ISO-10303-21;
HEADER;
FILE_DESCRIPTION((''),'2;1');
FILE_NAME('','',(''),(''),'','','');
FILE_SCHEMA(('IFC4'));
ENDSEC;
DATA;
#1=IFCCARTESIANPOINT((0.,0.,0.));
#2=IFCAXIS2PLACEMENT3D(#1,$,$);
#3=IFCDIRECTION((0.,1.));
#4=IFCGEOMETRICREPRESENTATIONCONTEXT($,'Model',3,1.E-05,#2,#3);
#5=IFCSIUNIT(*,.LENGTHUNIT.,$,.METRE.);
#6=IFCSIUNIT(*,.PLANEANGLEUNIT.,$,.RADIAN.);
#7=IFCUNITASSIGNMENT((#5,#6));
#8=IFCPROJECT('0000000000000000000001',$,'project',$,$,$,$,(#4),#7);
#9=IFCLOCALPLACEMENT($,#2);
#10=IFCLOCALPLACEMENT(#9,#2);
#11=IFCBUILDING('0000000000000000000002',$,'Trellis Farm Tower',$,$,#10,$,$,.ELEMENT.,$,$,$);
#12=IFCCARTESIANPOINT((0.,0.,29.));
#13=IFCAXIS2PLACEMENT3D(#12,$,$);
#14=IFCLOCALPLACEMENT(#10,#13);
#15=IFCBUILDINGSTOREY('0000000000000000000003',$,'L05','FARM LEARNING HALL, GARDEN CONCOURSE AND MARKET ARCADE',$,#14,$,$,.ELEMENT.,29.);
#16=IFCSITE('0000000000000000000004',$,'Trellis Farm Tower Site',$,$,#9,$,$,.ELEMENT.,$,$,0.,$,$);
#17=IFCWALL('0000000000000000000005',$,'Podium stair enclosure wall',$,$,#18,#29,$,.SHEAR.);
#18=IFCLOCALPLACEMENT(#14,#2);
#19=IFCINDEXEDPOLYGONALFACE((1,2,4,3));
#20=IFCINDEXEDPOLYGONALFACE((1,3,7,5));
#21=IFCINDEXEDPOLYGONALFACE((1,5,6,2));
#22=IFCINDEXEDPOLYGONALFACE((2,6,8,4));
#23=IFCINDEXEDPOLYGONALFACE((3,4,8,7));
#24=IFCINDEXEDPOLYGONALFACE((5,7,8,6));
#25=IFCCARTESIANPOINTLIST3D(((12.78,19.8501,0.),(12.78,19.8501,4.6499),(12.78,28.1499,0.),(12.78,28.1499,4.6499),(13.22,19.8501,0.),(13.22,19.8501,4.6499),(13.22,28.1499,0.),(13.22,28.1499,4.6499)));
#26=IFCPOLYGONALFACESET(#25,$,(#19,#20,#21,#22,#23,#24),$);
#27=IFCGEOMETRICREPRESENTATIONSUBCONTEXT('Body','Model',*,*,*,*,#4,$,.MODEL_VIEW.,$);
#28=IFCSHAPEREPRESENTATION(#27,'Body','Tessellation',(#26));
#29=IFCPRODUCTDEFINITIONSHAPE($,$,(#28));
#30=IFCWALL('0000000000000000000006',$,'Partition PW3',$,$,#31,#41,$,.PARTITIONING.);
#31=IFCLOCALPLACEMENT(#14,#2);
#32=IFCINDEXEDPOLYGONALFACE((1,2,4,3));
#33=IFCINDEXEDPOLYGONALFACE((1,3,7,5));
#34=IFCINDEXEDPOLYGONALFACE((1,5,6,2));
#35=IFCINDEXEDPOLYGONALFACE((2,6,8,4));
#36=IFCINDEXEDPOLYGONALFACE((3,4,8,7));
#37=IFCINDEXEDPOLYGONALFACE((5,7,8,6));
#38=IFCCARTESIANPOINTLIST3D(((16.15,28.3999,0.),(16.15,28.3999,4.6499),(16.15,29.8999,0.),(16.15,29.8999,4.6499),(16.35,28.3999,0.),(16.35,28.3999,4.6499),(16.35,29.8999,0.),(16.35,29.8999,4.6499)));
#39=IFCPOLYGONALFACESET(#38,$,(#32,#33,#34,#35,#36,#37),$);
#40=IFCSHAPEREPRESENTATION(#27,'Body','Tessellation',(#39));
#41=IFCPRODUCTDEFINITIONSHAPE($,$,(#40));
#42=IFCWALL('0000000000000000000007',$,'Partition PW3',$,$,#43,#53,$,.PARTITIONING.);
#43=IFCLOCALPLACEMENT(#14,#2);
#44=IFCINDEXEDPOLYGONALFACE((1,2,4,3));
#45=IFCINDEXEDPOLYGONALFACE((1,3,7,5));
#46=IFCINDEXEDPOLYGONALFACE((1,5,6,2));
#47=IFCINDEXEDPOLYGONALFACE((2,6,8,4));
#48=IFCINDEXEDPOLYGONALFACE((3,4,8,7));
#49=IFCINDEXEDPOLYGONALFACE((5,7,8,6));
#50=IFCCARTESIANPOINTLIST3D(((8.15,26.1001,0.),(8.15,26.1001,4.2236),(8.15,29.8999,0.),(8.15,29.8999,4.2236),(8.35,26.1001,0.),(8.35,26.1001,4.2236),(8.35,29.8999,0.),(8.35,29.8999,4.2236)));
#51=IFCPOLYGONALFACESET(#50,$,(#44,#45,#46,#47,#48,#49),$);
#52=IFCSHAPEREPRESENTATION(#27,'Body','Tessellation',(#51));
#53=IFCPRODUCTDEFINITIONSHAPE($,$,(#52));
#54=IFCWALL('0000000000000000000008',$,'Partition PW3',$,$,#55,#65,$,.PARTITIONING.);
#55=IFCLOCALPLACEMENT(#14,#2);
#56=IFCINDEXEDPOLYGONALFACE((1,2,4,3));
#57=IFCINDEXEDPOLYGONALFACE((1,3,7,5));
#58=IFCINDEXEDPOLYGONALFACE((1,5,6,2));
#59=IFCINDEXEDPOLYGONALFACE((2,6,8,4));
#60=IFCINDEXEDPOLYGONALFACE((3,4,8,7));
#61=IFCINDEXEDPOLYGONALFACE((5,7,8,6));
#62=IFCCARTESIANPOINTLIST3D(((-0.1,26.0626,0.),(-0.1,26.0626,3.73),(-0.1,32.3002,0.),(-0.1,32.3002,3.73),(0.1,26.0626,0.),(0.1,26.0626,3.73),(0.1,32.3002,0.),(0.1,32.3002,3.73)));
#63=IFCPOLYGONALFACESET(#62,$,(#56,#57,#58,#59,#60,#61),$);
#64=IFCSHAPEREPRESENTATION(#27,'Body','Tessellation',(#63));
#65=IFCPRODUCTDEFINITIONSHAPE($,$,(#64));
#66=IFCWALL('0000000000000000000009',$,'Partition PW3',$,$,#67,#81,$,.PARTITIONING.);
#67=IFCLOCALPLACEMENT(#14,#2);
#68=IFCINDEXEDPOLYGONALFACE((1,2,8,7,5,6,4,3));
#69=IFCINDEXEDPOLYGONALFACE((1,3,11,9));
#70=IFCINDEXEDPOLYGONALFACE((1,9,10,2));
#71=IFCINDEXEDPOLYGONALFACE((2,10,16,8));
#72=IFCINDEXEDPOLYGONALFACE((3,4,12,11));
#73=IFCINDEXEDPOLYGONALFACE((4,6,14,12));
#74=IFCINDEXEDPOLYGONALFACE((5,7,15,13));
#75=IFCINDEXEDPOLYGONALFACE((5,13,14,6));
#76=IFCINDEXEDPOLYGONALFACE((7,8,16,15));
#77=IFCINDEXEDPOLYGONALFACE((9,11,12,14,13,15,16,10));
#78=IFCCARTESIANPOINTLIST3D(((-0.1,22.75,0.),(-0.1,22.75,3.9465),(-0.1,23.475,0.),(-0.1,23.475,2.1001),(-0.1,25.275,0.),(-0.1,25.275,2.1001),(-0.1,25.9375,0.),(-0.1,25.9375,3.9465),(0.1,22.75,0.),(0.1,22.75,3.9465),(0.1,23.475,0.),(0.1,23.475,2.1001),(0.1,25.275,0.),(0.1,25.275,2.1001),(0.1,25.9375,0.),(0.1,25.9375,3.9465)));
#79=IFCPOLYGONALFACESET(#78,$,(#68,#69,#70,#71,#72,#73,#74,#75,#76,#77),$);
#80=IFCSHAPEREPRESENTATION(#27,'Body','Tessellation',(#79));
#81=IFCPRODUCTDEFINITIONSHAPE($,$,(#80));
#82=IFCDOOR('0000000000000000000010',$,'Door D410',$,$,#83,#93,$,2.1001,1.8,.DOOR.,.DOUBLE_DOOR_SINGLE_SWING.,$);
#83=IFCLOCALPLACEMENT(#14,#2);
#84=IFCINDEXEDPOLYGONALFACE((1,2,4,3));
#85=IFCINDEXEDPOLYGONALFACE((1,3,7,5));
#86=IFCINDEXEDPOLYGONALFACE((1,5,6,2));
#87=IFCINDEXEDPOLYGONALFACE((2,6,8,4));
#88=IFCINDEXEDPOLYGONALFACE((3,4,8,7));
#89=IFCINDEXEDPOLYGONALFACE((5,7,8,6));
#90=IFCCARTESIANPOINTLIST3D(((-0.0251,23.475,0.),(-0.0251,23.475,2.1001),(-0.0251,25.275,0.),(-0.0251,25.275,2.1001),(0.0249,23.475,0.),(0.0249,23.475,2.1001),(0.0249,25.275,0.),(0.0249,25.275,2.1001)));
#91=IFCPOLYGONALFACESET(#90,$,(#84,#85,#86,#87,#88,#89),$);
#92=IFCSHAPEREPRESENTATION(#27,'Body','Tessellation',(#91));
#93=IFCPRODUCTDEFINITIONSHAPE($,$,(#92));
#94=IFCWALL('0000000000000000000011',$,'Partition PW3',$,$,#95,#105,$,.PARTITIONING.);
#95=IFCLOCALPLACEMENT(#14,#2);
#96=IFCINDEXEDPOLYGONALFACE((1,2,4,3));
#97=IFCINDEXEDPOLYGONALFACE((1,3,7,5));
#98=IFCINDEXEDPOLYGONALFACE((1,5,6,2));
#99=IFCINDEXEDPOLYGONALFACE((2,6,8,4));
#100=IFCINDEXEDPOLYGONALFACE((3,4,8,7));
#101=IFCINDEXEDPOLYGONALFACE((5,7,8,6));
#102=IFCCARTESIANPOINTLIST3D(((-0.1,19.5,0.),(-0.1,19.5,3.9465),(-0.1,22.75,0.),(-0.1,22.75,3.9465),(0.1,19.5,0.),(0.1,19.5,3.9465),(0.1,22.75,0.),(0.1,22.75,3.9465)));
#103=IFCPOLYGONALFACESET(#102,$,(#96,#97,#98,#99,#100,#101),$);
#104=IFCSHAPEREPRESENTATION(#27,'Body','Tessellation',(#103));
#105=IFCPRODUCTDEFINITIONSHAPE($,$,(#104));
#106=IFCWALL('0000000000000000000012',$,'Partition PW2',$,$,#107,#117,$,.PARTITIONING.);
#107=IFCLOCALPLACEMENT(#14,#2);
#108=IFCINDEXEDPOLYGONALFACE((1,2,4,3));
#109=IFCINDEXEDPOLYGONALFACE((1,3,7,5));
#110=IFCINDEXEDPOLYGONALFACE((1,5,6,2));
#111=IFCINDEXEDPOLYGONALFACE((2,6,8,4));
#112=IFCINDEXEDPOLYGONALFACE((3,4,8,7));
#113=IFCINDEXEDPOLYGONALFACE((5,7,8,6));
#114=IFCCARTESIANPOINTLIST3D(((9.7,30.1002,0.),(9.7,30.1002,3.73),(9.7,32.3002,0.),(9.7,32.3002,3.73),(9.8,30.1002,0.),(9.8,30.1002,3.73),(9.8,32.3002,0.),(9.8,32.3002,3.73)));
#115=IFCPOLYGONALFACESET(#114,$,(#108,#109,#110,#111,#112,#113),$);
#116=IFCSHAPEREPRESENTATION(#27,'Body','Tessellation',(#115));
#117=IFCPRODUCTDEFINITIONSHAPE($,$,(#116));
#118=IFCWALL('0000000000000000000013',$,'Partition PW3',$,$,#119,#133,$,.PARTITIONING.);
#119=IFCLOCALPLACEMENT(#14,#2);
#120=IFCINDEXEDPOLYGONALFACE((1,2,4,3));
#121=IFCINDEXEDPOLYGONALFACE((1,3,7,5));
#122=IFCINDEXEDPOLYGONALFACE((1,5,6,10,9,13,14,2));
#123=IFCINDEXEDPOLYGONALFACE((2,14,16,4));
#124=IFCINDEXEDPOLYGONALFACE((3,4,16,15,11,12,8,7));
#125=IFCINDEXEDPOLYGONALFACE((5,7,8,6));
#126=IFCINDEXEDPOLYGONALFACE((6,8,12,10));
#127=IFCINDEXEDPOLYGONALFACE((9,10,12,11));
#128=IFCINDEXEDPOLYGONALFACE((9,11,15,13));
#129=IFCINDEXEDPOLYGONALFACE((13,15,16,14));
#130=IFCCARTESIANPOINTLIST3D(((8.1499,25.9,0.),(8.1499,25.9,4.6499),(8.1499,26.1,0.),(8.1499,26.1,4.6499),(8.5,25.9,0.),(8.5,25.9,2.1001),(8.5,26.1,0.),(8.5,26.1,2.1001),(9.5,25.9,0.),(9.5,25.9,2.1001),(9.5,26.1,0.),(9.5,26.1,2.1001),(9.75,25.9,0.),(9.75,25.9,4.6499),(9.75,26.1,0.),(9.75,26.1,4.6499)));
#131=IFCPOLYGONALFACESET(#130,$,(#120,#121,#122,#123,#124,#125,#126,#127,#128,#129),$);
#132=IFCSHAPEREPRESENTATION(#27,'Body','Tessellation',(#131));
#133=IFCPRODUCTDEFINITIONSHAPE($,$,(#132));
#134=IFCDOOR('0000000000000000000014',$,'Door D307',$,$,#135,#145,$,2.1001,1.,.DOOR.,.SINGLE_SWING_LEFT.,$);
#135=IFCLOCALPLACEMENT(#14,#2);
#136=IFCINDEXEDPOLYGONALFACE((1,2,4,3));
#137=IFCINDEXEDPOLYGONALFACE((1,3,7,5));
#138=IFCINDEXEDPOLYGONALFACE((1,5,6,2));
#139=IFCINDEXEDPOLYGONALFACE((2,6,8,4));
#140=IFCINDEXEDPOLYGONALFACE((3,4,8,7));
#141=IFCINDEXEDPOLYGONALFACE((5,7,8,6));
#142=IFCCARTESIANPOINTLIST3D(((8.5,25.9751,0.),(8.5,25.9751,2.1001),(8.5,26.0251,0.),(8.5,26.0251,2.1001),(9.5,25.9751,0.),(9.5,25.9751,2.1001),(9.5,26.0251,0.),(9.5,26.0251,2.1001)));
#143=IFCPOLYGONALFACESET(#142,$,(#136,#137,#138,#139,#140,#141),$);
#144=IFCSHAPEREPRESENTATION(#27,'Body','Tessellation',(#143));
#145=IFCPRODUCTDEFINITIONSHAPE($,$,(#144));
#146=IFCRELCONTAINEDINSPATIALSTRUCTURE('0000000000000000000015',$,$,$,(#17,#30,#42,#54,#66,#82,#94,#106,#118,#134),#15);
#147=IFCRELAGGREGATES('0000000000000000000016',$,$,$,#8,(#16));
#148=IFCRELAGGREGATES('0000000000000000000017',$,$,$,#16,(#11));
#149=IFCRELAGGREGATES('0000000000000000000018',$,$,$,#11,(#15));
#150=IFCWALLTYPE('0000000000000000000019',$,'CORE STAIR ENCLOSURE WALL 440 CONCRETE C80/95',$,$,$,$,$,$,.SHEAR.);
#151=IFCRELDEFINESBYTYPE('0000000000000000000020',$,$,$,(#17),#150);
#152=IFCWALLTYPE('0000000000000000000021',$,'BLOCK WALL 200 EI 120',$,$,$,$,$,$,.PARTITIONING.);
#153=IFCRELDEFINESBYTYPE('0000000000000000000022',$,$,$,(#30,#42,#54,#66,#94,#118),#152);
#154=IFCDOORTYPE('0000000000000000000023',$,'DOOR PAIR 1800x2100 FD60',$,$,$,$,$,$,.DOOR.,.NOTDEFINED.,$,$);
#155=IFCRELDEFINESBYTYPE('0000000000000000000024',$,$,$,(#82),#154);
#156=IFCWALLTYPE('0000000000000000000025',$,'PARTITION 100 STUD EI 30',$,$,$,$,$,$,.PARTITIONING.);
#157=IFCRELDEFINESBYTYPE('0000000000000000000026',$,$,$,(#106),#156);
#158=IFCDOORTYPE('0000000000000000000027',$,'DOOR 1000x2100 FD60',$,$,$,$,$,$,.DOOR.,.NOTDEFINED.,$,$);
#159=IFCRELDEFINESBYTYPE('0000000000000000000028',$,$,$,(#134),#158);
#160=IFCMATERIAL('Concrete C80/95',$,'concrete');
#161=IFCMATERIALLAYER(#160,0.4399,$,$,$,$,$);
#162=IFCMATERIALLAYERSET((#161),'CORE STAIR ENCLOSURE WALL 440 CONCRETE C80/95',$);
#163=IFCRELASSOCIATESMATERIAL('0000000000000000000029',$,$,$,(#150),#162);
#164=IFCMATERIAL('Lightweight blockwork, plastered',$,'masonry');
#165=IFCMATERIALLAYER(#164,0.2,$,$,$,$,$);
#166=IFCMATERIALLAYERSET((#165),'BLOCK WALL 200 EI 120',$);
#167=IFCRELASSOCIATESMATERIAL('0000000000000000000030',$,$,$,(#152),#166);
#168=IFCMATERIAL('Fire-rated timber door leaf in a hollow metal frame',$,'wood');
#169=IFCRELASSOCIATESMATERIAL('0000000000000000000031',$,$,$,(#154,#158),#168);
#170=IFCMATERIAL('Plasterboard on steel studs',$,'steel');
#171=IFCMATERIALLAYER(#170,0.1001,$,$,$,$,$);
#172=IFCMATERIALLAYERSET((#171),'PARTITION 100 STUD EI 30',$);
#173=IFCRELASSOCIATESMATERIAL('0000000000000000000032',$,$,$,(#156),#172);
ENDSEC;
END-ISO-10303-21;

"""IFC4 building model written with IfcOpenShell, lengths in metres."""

from ifc_helpers import new_model, si_unit, direction, frame, frame_2d, origin, place, context, subcontext, project, spatial, rectangle, extrude, source, transform, mapped, material, layer, layer_set, type_object, element, fill, save


model = new_model("IFC4")

# Units and contexts
model_context = context("Model", 3, precision=1e-05, world=origin(), true_north=direction((0.0, 1.0)))
body_context = subcontext(model_context, "Body", "Model", "MODEL_VIEW")
ifc_project = project(units=[si_unit("LENGTHUNIT", "METRE"), si_unit("PLANEANGLEUNIT", "RADIAN")], contexts=[model_context])

# Site, building, storey
site_placement = place(None, origin())
site = spatial("IfcSite", under=ifc_project, at=site_placement, Name="Trellis Farm Tower Site", CompositionType="ELEMENT", RefElevation=0.0)
building_placement = place(site_placement, origin())
building = spatial("IfcBuilding", under=site, at=building_placement, Name="Trellis Farm Tower", CompositionType="ELEMENT")
storey_placement = place(building_placement, frame((0.0, 0.0, 29.0)))
storey = spatial("IfcBuildingStorey", under=building, at=storey_placement, Name="L05", Description="FARM LEARNING HALL, GARDEN CONCOURSE AND MARKET ARCADE", CompositionType="ELEMENT", Elevation=29.0)

# Shared definitions
ifc_material_1 = material(Name="Concrete C80/95", Category="concrete")

# Shared definitions
shared_shape_1 = source(origin(), body_context, "Body", "SweptSolid", [
    extrude(rectangle(XDim=1.8, YDim=2.1001, at=frame_2d((0.8999, 1.05))), frame((0.0, 0.0249, 0.0), z_axis=(0.0, -1.0, 0.0), x_axis=(1.0, 0.0, 0.0)), (0.0, 0.0, 1.0), 0.05),
])

# Walls
ifc_layer_1 = layer(ifc_material_1, 0.4399)
ifc_layer_set_1 = layer_set([ifc_layer_1], Name="CORE STAIR ENCLOSURE WALL 440 CONCRETE C80/95")
wall_type_1 = type_object("IfcWallType", Name="CORE STAIR ENCLOSURE WALL 440 CONCRETE C80/95", PredefinedType="SHEAR", material=ifc_layer_set_1)
shared_shape_2 = source(origin(), body_context, "Body", "SweptSolid", [
    extrude(rectangle(XDim=8.2998, YDim=0.4399, at=frame_2d((4.1499, 0.0))), origin(), (0.0, 0.0, 1.0), 4.6499),
])
wall_1_placement = place(storey_placement, frame((13.0, 19.8501, 0.0), z_axis=(0.0, 0.0, 1.0), x_axis=(0.0, 1.0, 0.0)))
element("IfcWall", 1, at=wall_1_placement, inside=storey, type_object=wall_type_1, Name="Podium stair enclosure wall", PredefinedType="SHEAR", context=body_context, shape_type="MappedRepresentation", body=[
    mapped(shared_shape_2, transform((0.0, 0.0, 0.0))),
])
ifc_material_2 = material(Name="Lightweight blockwork, plastered", Category="masonry")
ifc_layer_2 = layer(ifc_material_2, 0.2)
ifc_layer_set_2 = layer_set([ifc_layer_2], Name="BLOCK WALL 200 EI 120")
wall_type_2 = type_object("IfcWallType", Name="BLOCK WALL 200 EI 120", PredefinedType="PARTITIONING", material=ifc_layer_set_2)
shared_shape_3 = source(origin(), body_context, "Body", "SweptSolid", [
    extrude(rectangle(XDim=1.5, YDim=0.2, at=frame_2d((0.75, 0.0))), origin(), (0.0, 0.0, 1.0), 4.6499),
])
wall_2_placement = place(storey_placement, frame((16.25, 29.8999, 0.0), z_axis=(0.0, 0.0, 1.0), x_axis=(0.0, -1.0, 0.0)))
element("IfcWall", 2, at=wall_2_placement, inside=storey, type_object=wall_type_2, Name="Partition PW3", PredefinedType="PARTITIONING", context=body_context, shape_type="MappedRepresentation", body=[
    mapped(shared_shape_3, transform((0.0, 0.0, 0.0))),
])
shared_shape_4 = source(origin(), body_context, "Body", "SweptSolid", [
    extrude(rectangle(XDim=3.7998, YDim=0.2, at=frame_2d((1.8999, 0.0))), origin(), (0.0, 0.0, 1.0), 4.2236),
])
wall_3_placement = place(storey_placement, frame((8.25, 26.1001, 0.0), z_axis=(0.0, 0.0, 1.0), x_axis=(0.0, 1.0, 0.0)))
element("IfcWall", 3, at=wall_3_placement, inside=storey, type_object=wall_type_2, Name="Partition PW3", PredefinedType="PARTITIONING", context=body_context, shape_type="MappedRepresentation", body=[
    mapped(shared_shape_4, transform((0.0, 0.0, 0.0))),
])
shared_shape_5 = source(origin(), body_context, "Body", "SweptSolid", [
    extrude(rectangle(XDim=6.2375, YDim=0.2, at=frame_2d((3.1187, 0.0))), origin(), (0.0, 0.0, 1.0), 3.73),
])
wall_4_placement = place(storey_placement, frame((0.0, 32.3, 0.0), z_axis=(0.0, 0.0, 1.0), x_axis=(0.0, -1.0, 0.0)))
element("IfcWall", 4, at=wall_4_placement, inside=storey, type_object=wall_type_2, Name="Partition PW3", PredefinedType="PARTITIONING", context=body_context, shape_type="MappedRepresentation", body=[
    mapped(shared_shape_5, transform((0.0, 0.0, 0.0))),
])

# Wall, opening, door
shared_shape_6 = source(origin(), body_context, "Body", "SweptSolid", [
    extrude(rectangle(XDim=3.1875, YDim=0.2, at=frame_2d((1.5938, 0.0))), origin(), (0.0, 0.0, 1.0), 3.9465),
])
wall_5_placement = place(storey_placement, frame((0.0, 25.9375, 0.0), z_axis=(0.0, 0.0, 1.0), x_axis=(0.0, -1.0, 0.0)))
wall_5 = element("IfcWall", 5, at=wall_5_placement, inside=storey, type_object=wall_type_2, Name="Partition PW3", PredefinedType="PARTITIONING", context=body_context, shape_type="MappedRepresentation", body=[
    mapped(shared_shape_6, transform((0.0, 0.0, 0.0))),
])
shared_shape_7 = source(origin(), body_context, "Body", "SweptSolid", [
    extrude(rectangle(XDim=1.8, YDim=2.1001, at=frame_2d((0.8999, 1.05))), frame((0.0, 0.1101, 0.0), z_axis=(0.0, -1.0, 0.0), x_axis=(1.0, 0.0, 0.0)), (0.0, 0.0, 1.0), 0.2202),
])
opening_1_placement = place(wall_5_placement, frame((0.6626, 0.0, 0.0)))
opening_1 = element("IfcOpeningElement", 6, at=opening_1_placement, cuts=wall_5, PredefinedType="OPENING", context=body_context, shape_type="MappedRepresentation", body=[
    mapped(shared_shape_7, transform((0.0, 0.0, 0.0))),
])
ifc_material_3 = material(Name="Fire-rated timber door leaf in a hollow metal frame", Category="wood")
door_type_1 = type_object("IfcDoorType", Name="DOOR PAIR 1800x2100 FD60", OperationType="NOTDEFINED", PredefinedType="DOOR", material=ifc_material_3)
door_1_placement = place(opening_1_placement, origin())
door_1 = element("IfcDoor", 7, at=door_1_placement, inside=storey, type_object=door_type_1, Name="Door D410", OperationType="DOUBLE_DOOR_SINGLE_SWING", OverallHeight=2.1001, OverallWidth=1.8, PredefinedType="DOOR", context=body_context, shape_type="MappedRepresentation", body=[
    mapped(shared_shape_1, transform((0.0, 0.0, 0.0))),
])
fill(opening_1, door_1)

# Walls
shared_shape_8 = source(origin(), body_context, "Body", "SweptSolid", [
    extrude(rectangle(XDim=3.25, YDim=0.2, at=frame_2d((1.625, 0.0))), origin(), (0.0, 0.0, 1.0), 3.9465),
])
wall_6_placement = place(storey_placement, frame((0.0, 19.5, 0.0), z_axis=(0.0, 0.0, 1.0), x_axis=(0.0, 1.0, 0.0)))
element("IfcWall", 8, at=wall_6_placement, inside=storey, type_object=wall_type_2, Name="Partition PW3", PredefinedType="PARTITIONING", context=body_context, shape_type="MappedRepresentation", body=[
    mapped(shared_shape_8, transform((0.0, 0.0, 0.0))),
])
ifc_material_4 = material(Name="Plasterboard on steel studs", Category="steel")
ifc_layer_3 = layer(ifc_material_4, 0.1001)
ifc_layer_set_3 = layer_set([ifc_layer_3], Name="PARTITION 100 STUD EI 30")
wall_type_3 = type_object("IfcWallType", Name="PARTITION 100 STUD EI 30", PredefinedType="PARTITIONING", material=ifc_layer_set_3)
shared_shape_9 = source(origin(), body_context, "Body", "SweptSolid", [
    extrude(rectangle(XDim=2.2, YDim=0.1001, at=frame_2d((1.1001, 0.0))), origin(), (0.0, 0.0, 1.0), 3.73),
])
wall_7_placement = place(storey_placement, frame((9.75, 30.1001, 0.0), z_axis=(0.0, 0.0, 1.0), x_axis=(0.0, 1.0, 0.0)))
element("IfcWall", 9, at=wall_7_placement, inside=storey, type_object=wall_type_3, Name="Partition PW2", PredefinedType="PARTITIONING", context=body_context, shape_type="MappedRepresentation", body=[
    mapped(shared_shape_9, transform((0.0, 0.0, 0.0))),
])

# Wall, opening, door
shared_shape_10 = source(origin(), body_context, "Body", "SweptSolid", [
    extrude(rectangle(XDim=1.6001, YDim=0.2, at=frame_2d((0.8, 0.0))), origin(), (0.0, 0.0, 1.0), 4.6499),
])
wall_8_placement = place(storey_placement, frame((9.75, 26.0, 0.0), z_axis=(0.0, 0.0, 1.0), x_axis=(-1.0, 0.0, 0.0)))
wall_8 = element("IfcWall", 10, at=wall_8_placement, inside=storey, type_object=wall_type_2, Name="Partition PW3", PredefinedType="PARTITIONING", context=body_context, shape_type="MappedRepresentation", body=[
    mapped(shared_shape_10, transform((0.0, 0.0, 0.0))),
])
shared_shape_11 = source(origin(), body_context, "Body", "SweptSolid", [
    extrude(rectangle(XDim=1.0, YDim=2.1001, at=frame_2d((0.5, 1.05))), frame((0.0, 0.1101, 0.0), z_axis=(0.0, -1.0, 0.0), x_axis=(1.0, 0.0, 0.0)), (0.0, 0.0, 1.0), 0.2202),
])
opening_2_placement = place(wall_8_placement, frame((0.25, 0.0, 0.0)))
opening_2 = element("IfcOpeningElement", 11, at=opening_2_placement, cuts=wall_8, PredefinedType="OPENING", context=body_context, shape_type="MappedRepresentation", body=[
    mapped(shared_shape_11, transform((0.0, 0.0, 0.0))),
])
door_type_2 = type_object("IfcDoorType", Name="DOOR 1000x2100 FD60", OperationType="NOTDEFINED", PredefinedType="DOOR", material=ifc_material_3)
shared_shape_12 = source(origin(), body_context, "Body", "SweptSolid", [
    extrude(rectangle(XDim=1.0, YDim=2.1001, at=frame_2d((0.5, 1.05))), frame((0.0, 0.0249, 0.0), z_axis=(0.0, -1.0, 0.0), x_axis=(1.0, 0.0, 0.0)), (0.0, 0.0, 1.0), 0.05),
])
door_2_placement = place(opening_2_placement, origin())
door_2 = element("IfcDoor", 12, at=door_2_placement, inside=storey, type_object=door_type_2, Name="Door D307", OperationType="SINGLE_SWING_LEFT", OverallHeight=2.1001, OverallWidth=1.0, PredefinedType="DOOR", context=body_context, shape_type="MappedRepresentation", body=[
    mapped(shared_shape_12, transform((0.0, 0.0, 0.0))),
])
fill(opening_2, door_2)

save(model, "model.ifc")
